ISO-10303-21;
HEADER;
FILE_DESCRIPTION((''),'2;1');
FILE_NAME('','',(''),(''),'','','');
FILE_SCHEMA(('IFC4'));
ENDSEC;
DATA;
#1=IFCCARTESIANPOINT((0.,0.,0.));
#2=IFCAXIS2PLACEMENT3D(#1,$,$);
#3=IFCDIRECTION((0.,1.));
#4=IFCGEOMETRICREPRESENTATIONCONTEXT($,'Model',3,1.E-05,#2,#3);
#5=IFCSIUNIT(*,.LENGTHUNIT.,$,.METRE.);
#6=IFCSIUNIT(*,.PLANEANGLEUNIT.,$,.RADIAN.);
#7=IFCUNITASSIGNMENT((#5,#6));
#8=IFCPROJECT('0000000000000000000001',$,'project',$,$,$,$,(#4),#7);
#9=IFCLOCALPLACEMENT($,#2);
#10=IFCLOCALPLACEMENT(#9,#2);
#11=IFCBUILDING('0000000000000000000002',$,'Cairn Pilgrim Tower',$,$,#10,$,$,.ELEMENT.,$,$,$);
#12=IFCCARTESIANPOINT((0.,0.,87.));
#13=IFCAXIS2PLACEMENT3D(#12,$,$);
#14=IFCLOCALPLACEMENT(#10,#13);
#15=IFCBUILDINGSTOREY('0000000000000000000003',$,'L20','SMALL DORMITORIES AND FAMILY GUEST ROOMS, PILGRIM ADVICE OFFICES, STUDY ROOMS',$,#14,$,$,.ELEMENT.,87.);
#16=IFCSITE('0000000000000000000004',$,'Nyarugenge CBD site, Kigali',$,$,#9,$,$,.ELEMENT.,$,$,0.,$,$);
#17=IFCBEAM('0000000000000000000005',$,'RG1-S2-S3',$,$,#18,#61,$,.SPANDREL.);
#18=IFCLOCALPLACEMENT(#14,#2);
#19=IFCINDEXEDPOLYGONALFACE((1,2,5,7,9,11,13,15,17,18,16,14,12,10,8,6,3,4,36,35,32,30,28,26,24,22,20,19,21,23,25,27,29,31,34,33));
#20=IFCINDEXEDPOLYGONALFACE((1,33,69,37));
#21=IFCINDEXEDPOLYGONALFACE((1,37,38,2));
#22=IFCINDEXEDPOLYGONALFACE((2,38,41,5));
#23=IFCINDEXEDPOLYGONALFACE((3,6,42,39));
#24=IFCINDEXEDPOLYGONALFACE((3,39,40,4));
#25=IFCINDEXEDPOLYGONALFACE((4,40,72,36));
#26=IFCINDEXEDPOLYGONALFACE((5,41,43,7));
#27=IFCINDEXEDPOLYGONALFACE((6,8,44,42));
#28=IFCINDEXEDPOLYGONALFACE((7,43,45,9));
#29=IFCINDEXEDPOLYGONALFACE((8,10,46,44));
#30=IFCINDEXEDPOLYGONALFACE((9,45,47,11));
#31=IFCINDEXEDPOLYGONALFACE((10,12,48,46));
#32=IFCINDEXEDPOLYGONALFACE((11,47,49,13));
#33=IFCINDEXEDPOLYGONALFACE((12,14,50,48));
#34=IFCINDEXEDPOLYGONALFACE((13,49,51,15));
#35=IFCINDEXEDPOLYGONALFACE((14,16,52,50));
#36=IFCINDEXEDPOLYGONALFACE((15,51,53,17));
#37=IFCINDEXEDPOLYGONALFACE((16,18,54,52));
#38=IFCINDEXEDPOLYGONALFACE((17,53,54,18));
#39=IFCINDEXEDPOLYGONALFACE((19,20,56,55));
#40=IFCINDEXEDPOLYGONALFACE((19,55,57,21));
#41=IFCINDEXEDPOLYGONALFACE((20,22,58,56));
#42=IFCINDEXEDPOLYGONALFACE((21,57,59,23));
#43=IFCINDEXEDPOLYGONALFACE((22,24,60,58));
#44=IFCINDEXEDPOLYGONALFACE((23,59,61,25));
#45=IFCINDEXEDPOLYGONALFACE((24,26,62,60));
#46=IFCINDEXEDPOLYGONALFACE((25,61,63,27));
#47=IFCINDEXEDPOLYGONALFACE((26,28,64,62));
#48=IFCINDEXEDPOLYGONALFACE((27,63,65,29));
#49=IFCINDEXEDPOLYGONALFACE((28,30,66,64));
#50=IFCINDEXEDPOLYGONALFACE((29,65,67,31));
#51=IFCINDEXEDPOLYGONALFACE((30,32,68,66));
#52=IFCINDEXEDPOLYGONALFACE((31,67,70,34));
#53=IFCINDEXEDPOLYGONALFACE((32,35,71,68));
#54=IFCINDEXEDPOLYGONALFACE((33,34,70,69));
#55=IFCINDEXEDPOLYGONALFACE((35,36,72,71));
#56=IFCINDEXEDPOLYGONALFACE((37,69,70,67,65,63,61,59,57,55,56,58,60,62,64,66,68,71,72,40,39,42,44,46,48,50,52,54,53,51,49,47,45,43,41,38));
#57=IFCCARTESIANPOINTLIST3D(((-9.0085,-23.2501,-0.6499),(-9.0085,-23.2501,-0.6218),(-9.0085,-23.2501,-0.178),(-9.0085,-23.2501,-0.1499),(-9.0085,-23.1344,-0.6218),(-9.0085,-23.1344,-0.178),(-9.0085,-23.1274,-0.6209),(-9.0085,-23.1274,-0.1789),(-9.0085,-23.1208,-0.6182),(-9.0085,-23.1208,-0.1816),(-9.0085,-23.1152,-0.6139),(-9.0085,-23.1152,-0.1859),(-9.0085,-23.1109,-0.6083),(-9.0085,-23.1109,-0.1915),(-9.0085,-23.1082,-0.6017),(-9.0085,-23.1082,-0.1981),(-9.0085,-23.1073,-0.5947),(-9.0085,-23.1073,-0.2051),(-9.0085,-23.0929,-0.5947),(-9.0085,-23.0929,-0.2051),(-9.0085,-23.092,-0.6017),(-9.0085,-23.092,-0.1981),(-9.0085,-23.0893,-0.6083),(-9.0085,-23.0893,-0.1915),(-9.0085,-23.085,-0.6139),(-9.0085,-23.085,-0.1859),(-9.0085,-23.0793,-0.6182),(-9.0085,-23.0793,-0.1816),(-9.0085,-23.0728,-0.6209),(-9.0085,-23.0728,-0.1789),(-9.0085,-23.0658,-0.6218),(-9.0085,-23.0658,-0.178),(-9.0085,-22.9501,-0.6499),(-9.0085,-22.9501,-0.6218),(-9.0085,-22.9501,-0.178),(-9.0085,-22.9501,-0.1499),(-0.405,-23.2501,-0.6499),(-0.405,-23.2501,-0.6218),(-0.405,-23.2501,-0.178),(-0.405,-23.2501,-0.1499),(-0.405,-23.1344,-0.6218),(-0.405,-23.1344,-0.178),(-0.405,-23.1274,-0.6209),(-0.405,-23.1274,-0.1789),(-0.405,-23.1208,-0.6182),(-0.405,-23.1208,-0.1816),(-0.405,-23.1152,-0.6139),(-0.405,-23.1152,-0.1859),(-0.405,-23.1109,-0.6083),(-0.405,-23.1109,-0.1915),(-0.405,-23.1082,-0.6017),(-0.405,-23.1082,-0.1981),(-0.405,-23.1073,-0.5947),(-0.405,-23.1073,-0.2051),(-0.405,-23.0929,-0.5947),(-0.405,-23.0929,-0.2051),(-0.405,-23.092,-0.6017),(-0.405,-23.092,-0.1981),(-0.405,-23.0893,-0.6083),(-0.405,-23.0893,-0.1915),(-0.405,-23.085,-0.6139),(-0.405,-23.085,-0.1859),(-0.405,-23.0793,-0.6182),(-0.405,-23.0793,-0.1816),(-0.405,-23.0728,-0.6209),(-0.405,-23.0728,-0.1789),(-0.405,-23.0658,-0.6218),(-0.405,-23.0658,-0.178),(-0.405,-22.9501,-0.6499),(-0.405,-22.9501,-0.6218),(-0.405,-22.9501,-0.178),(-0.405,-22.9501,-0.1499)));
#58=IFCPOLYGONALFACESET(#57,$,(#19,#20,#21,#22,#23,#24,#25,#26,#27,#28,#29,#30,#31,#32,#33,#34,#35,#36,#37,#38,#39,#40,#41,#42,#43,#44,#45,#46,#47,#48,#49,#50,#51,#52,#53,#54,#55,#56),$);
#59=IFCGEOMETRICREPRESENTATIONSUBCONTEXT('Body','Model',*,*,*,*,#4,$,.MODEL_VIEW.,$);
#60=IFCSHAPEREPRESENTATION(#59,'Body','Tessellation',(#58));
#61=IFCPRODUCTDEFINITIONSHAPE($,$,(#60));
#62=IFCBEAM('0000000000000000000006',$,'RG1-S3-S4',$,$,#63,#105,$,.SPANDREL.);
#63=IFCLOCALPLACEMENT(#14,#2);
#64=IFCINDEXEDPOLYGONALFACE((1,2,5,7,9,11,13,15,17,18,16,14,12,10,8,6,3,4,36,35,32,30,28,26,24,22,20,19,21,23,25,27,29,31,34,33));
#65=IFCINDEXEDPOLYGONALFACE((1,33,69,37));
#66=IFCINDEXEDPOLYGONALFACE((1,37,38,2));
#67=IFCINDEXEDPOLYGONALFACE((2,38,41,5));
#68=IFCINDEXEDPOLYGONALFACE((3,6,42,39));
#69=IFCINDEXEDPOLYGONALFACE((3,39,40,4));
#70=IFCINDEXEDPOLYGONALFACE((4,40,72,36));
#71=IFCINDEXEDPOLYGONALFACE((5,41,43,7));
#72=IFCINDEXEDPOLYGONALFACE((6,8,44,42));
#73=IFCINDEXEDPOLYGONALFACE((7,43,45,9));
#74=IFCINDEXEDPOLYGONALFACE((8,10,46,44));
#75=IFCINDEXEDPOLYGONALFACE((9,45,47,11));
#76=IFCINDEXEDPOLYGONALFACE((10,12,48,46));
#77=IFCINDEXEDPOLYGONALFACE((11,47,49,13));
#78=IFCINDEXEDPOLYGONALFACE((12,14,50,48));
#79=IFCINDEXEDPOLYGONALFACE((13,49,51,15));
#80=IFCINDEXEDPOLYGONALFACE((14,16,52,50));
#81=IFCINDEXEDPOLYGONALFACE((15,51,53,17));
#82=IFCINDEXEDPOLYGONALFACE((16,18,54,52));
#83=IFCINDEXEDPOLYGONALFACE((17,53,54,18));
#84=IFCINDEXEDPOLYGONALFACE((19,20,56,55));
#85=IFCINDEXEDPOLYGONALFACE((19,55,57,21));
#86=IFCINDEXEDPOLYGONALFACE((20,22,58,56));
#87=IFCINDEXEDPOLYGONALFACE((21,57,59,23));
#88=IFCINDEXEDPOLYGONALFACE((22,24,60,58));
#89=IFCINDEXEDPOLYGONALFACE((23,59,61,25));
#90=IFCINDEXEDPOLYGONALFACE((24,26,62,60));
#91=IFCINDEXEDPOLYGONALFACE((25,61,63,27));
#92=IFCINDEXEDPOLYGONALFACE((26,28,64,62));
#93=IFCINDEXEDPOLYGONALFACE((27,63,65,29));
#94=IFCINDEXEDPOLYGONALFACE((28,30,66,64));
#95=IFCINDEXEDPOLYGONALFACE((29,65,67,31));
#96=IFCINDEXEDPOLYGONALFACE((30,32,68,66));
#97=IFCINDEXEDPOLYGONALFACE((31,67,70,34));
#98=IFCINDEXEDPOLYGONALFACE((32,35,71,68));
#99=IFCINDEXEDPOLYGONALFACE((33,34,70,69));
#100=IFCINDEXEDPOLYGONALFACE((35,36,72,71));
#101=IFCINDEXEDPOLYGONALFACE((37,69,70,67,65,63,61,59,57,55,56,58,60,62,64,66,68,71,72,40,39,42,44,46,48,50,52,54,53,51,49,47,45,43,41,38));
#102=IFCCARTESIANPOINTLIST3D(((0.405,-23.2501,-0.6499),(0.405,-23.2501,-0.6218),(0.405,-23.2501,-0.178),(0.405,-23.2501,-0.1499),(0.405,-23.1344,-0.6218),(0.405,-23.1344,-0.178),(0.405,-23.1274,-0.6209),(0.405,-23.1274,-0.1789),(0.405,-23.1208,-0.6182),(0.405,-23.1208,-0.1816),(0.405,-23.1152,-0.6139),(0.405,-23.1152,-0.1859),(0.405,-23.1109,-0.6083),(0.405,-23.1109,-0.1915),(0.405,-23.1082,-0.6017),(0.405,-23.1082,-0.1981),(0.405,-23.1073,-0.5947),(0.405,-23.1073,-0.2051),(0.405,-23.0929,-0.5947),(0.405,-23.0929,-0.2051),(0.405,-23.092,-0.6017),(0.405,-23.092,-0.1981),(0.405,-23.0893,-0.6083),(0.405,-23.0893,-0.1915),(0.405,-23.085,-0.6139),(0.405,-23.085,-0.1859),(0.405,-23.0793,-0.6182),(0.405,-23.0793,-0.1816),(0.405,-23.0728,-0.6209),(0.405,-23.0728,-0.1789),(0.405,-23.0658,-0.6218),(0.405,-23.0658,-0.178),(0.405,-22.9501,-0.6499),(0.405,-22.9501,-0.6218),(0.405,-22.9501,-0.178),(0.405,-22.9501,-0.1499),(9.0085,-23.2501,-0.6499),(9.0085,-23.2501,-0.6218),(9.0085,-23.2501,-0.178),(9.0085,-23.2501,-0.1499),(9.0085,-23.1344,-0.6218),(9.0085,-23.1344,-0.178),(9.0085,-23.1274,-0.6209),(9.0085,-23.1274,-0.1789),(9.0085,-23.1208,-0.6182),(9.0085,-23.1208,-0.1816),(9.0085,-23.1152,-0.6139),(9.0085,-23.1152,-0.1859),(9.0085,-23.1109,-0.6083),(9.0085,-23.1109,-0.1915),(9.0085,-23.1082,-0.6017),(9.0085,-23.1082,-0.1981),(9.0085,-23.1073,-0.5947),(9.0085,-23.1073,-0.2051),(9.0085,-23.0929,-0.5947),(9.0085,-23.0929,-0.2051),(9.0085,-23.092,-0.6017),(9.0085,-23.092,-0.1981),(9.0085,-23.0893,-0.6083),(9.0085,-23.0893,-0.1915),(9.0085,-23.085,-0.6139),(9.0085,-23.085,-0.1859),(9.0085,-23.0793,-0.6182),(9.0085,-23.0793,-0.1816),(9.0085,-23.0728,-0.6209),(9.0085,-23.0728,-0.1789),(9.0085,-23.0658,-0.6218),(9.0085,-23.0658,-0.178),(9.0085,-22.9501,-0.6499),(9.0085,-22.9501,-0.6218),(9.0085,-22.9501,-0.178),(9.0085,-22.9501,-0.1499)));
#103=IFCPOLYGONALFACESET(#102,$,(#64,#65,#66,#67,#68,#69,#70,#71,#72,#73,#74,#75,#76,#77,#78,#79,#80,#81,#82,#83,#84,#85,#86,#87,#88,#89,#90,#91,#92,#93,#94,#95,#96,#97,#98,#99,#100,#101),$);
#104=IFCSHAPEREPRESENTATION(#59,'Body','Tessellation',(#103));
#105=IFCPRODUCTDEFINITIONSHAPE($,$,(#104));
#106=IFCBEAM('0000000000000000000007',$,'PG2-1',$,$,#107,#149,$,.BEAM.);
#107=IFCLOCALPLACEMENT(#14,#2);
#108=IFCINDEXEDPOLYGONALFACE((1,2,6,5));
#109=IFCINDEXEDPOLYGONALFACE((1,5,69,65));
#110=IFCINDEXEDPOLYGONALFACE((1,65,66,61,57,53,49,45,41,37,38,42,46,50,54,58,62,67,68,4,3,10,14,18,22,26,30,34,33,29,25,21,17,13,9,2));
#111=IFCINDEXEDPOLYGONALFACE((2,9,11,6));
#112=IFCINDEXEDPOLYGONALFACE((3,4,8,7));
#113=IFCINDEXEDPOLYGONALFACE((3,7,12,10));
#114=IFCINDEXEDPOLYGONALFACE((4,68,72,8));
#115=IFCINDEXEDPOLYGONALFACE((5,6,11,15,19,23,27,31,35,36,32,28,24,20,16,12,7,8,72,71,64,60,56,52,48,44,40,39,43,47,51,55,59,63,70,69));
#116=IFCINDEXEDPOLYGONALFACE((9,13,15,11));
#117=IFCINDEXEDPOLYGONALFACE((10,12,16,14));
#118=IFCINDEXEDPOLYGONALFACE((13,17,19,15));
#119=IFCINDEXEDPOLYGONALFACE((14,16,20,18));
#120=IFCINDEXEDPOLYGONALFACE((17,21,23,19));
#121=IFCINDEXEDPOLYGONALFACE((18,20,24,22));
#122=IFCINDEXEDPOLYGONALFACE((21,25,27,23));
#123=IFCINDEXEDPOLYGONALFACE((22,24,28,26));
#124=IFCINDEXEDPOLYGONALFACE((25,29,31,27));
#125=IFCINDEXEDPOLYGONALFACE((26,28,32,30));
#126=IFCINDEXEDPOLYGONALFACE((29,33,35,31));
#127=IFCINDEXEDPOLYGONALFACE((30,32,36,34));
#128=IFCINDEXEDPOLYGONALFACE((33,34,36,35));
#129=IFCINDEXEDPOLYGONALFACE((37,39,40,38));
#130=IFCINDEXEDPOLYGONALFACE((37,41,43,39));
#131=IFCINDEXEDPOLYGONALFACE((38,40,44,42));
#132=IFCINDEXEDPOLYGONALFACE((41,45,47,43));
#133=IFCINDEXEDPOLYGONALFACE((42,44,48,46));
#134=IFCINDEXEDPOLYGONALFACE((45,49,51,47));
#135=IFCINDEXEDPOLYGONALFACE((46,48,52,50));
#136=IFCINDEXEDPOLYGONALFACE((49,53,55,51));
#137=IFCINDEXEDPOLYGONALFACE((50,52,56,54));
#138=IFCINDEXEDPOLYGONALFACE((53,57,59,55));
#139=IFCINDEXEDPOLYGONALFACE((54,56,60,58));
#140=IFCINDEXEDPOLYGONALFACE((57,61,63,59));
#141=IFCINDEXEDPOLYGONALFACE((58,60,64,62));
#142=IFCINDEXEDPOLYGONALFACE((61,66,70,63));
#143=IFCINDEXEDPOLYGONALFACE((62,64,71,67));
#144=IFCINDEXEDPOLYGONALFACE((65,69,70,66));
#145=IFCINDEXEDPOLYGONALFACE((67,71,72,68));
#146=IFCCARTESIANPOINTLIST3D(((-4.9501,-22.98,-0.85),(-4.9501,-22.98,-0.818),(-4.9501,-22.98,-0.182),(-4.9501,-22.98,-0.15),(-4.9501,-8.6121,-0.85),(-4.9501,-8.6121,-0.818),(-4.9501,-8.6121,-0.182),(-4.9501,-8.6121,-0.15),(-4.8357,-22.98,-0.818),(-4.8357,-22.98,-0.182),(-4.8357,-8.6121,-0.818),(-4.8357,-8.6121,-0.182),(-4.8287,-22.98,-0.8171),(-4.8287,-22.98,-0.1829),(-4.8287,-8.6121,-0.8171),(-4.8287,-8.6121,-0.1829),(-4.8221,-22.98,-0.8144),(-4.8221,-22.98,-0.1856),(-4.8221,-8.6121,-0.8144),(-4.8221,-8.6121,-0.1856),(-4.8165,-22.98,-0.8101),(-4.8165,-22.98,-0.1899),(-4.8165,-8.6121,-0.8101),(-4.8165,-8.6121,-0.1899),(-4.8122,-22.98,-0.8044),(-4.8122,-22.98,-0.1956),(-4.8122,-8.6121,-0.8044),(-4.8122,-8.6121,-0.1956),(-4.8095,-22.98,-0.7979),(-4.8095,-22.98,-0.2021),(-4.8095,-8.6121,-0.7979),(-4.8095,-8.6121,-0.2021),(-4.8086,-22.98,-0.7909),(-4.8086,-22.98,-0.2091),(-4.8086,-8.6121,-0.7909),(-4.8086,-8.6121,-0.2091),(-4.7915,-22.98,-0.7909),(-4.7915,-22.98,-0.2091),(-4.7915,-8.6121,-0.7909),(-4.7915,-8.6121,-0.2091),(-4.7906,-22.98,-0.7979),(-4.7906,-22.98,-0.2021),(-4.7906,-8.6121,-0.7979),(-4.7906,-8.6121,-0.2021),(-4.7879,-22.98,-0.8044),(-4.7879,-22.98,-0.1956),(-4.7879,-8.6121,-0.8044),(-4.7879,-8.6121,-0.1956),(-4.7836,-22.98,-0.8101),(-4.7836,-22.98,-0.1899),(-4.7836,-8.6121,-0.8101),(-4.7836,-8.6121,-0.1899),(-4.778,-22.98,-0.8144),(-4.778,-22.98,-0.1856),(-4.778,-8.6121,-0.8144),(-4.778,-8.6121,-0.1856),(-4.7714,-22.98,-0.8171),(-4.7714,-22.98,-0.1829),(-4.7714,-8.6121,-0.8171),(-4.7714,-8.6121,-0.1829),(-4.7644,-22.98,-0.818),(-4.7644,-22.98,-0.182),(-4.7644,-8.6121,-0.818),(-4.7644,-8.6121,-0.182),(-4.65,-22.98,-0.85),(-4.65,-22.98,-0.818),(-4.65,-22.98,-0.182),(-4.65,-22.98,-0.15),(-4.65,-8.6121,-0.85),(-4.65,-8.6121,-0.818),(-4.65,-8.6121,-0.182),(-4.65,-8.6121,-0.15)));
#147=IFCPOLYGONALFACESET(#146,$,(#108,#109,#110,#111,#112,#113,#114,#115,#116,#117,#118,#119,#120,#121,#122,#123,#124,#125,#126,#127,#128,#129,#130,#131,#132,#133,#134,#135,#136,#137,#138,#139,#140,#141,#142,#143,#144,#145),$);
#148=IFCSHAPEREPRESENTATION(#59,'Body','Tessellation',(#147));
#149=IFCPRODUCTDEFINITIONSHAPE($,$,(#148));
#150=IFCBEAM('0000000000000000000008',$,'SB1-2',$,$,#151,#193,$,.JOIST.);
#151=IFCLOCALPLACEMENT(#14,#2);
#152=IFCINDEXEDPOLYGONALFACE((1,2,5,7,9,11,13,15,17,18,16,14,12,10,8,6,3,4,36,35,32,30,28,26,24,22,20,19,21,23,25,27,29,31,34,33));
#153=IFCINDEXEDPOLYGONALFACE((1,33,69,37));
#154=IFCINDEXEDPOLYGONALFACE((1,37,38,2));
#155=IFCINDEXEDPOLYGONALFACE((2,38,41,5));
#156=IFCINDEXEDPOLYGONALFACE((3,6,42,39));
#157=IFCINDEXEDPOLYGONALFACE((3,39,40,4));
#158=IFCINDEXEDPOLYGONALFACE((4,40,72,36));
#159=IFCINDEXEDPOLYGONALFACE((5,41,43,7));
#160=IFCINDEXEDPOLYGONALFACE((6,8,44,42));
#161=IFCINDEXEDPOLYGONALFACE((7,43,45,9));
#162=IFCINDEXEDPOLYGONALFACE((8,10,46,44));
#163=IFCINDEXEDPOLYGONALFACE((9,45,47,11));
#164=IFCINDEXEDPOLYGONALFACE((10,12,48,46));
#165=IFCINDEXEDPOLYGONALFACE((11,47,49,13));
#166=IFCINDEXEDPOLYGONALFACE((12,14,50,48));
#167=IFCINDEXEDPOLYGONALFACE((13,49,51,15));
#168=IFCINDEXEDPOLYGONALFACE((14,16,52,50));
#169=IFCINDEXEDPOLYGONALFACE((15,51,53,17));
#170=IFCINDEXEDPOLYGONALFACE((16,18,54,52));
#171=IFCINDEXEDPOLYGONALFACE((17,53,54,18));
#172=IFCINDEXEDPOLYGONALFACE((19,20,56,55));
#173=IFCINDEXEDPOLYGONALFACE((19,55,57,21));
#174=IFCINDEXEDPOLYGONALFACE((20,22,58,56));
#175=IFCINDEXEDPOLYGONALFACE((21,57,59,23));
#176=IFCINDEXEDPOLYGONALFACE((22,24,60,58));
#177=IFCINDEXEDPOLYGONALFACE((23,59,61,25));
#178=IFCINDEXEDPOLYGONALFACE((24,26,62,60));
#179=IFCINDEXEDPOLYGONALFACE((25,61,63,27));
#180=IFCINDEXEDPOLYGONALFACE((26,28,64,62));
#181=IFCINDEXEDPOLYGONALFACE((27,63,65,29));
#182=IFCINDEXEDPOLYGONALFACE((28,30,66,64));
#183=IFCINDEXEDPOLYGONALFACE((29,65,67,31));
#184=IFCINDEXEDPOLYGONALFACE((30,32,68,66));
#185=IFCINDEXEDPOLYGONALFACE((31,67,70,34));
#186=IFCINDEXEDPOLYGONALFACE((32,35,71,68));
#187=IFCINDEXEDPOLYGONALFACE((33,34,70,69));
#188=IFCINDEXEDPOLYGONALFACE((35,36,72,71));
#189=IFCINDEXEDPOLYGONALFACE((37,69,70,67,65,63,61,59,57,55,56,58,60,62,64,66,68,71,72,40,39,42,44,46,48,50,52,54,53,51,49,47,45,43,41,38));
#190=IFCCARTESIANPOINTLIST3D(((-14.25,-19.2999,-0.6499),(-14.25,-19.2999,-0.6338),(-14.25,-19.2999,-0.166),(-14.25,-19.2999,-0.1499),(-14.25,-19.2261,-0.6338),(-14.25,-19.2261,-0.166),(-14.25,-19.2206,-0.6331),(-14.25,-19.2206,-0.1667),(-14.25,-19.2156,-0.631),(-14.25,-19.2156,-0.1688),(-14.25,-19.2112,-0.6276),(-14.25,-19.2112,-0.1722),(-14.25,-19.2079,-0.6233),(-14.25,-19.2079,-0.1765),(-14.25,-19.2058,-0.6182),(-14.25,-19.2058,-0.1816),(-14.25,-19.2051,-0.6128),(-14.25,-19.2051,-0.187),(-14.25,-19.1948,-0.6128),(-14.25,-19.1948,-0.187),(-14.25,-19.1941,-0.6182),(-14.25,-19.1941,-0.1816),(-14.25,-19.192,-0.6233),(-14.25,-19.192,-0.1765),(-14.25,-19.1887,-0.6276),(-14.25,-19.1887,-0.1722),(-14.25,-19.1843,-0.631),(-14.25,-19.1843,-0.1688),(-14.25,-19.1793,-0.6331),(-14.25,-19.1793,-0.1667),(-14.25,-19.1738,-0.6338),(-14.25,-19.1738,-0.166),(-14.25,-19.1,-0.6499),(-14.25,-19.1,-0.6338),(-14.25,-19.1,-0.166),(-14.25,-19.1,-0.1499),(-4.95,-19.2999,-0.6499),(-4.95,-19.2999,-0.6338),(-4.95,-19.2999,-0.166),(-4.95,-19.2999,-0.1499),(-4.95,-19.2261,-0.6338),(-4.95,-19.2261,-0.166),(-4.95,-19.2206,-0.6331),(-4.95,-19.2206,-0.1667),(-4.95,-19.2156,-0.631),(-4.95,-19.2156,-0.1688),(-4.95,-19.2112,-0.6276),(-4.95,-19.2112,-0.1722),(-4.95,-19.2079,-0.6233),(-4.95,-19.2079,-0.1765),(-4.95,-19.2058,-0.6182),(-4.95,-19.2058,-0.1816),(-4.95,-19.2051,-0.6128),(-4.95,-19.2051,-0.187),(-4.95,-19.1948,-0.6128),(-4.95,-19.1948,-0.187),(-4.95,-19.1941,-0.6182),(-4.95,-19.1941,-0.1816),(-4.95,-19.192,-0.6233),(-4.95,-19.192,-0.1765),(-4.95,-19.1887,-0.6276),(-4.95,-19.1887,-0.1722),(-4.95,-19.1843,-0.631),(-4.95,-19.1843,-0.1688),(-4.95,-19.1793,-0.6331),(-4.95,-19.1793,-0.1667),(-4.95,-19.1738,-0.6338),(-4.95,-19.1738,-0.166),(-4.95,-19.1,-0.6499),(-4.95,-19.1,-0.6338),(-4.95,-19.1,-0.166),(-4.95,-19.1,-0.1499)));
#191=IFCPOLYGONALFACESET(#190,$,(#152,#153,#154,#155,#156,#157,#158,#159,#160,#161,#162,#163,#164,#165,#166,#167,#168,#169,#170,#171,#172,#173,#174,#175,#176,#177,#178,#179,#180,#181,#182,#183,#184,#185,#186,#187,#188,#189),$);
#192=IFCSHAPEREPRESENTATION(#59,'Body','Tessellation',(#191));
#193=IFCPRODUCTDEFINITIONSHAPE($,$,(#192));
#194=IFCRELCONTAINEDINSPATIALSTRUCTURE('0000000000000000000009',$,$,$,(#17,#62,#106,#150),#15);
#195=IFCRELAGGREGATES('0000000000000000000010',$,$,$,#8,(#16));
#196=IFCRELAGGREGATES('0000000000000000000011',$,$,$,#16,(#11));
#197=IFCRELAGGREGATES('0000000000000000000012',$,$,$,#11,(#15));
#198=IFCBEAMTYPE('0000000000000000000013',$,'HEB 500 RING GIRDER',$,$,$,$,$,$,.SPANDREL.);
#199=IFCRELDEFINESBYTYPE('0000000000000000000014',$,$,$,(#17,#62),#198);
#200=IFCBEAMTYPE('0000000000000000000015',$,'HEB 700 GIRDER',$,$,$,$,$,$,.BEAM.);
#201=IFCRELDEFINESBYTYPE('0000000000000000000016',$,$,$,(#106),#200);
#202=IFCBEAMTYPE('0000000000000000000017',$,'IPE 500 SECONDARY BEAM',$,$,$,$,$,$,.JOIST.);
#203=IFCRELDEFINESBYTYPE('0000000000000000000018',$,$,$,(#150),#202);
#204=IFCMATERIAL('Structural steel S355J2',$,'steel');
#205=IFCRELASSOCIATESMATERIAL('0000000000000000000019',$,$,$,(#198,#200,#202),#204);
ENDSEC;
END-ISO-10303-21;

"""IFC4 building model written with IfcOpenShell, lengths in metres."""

from ifc_helpers import new_model, si_unit, direction, frame, origin, origin_2d, place, context, subcontext, project, spatial, i_section, extrude, material, material_profile, profile_set, type_object, element, save


model = new_model("IFC4")

# Units and contexts
model_context = context("Model", 3, precision=1e-05, world=origin(), true_north=direction((0.0, 1.0)))
body_context = subcontext(model_context, "Body", "Model", "MODEL_VIEW")
ifc_project = project(units=[si_unit("LENGTHUNIT", "METRE"), si_unit("PLANEANGLEUNIT", "RADIAN")], contexts=[model_context])

# Site, building, storey
site_placement = place(None, origin())
site = spatial("IfcSite", under=ifc_project, at=site_placement, Name="Nyarugenge CBD site, Kigali", CompositionType="ELEMENT", RefElevation=0.0)
building_placement = place(site_placement, origin())
building = spatial("IfcBuilding", under=site, at=building_placement, Name="Cairn Pilgrim Tower", CompositionType="ELEMENT")
storey_placement = place(building_placement, frame((0.0, 0.0, 87.0)))
storey = spatial("IfcBuildingStorey", under=building, at=storey_placement, Name="L20", Description="SMALL DORMITORIES AND FAMILY GUEST ROOMS, PILGRIM ADVICE OFFICES, STUDY ROOMS", CompositionType="ELEMENT", Elevation=87.0)

# Beams
ifc_material_1 = material(Name="Structural steel S355J2", Category="steel")
ifc_material_profile_1 = material_profile(ifc_material_1, i_section(OverallWidth=0.3, OverallDepth=0.5, WebThickness=0.0144, FlangeThickness=0.0281, FilletRadius=0.0271, at=origin_2d()), Name="HEB 500")
ifc_profile_set_1 = profile_set([ifc_material_profile_1], Name="Structural steel S355J2")
beam_type_1 = type_object("IfcBeamType", Name="HEB 500 RING GIRDER", PredefinedType="SPANDREL", material=ifc_profile_set_1)
for number, where, z_axis, x_axis, name in (
    (1, (-9.0085, -23.1001, -0.3999), (1.0, 0.0, 0.0), (0.0, 1.0, 0.0), "RG1-S2-S3"),
    (2, (0.405, -23.1001, -0.3999), (1.0, 0.0, 0.0), (0.0, 1.0, 0.0), "RG1-S3-S4"),
):
    element("IfcBeam", number, at=place(storey_placement, frame(where, z_axis=z_axis, x_axis=x_axis)), inside=storey, type_object=beam_type_1, Name=name, PredefinedType="SPANDREL", context=body_context, shape_type="SweptSolid", body=[
        extrude(i_section(OverallWidth=0.3, OverallDepth=0.5, WebThickness=0.0144, FlangeThickness=0.0281, FilletRadius=0.0271, at=origin_2d()), origin(), (0.0, 0.0, 1.0), 8.6035),
    ])
ifc_material_profile_2 = material_profile(ifc_material_1, i_section(OverallWidth=0.3, OverallDepth=0.7, WebThickness=0.0171, FlangeThickness=0.032, FilletRadius=0.0271, at=origin_2d()), Name="HEB 700")
ifc_profile_set_2 = profile_set([ifc_material_profile_2], Name="Structural steel S355J2")
beam_type_2 = type_object("IfcBeamType", Name="HEB 700 GIRDER", PredefinedType="BEAM", material=ifc_profile_set_2)
beam_1_placement = place(storey_placement, frame((-4.8, -22.98, -0.5), z_axis=(0.0, 1.0, 0.0), x_axis=(-1.0, 0.0, 0.0)))
element("IfcBeam", 3, at=beam_1_placement, inside=storey, type_object=beam_type_2, Name="PG2-1", PredefinedType="BEAM", context=body_context, shape_type="SweptSolid", body=[
    extrude(i_section(OverallWidth=0.3, OverallDepth=0.7, WebThickness=0.0171, FlangeThickness=0.032, FilletRadius=0.0271, at=origin_2d()), origin(), (0.0, 0.0, 1.0), 14.3679),
])
ifc_material_profile_3 = material_profile(ifc_material_1, i_section(OverallWidth=0.2, OverallDepth=0.5, WebThickness=0.0103, FlangeThickness=0.0161, FilletRadius=0.021, at=origin_2d()), Name="IPE 500")
ifc_profile_set_3 = profile_set([ifc_material_profile_3], Name="Structural steel S355J2")
beam_type_3 = type_object("IfcBeamType", Name="IPE 500 SECONDARY BEAM", PredefinedType="JOIST", material=ifc_profile_set_3)
beam_2_placement = place(storey_placement, frame((-14.25, -19.2, -0.3999), z_axis=(1.0, 0.0, 0.0), x_axis=(0.0, 1.0, 0.0)))
element("IfcBeam", 4, at=beam_2_placement, inside=storey, type_object=beam_type_3, Name="SB1-2", PredefinedType="JOIST", context=body_context, shape_type="SweptSolid", body=[
    extrude(i_section(OverallWidth=0.2, OverallDepth=0.5, WebThickness=0.0103, FlangeThickness=0.0161, FilletRadius=0.021, at=origin_2d()), origin(), (0.0, 0.0, 1.0), 9.3),
])

save(model, "model.ifc")
